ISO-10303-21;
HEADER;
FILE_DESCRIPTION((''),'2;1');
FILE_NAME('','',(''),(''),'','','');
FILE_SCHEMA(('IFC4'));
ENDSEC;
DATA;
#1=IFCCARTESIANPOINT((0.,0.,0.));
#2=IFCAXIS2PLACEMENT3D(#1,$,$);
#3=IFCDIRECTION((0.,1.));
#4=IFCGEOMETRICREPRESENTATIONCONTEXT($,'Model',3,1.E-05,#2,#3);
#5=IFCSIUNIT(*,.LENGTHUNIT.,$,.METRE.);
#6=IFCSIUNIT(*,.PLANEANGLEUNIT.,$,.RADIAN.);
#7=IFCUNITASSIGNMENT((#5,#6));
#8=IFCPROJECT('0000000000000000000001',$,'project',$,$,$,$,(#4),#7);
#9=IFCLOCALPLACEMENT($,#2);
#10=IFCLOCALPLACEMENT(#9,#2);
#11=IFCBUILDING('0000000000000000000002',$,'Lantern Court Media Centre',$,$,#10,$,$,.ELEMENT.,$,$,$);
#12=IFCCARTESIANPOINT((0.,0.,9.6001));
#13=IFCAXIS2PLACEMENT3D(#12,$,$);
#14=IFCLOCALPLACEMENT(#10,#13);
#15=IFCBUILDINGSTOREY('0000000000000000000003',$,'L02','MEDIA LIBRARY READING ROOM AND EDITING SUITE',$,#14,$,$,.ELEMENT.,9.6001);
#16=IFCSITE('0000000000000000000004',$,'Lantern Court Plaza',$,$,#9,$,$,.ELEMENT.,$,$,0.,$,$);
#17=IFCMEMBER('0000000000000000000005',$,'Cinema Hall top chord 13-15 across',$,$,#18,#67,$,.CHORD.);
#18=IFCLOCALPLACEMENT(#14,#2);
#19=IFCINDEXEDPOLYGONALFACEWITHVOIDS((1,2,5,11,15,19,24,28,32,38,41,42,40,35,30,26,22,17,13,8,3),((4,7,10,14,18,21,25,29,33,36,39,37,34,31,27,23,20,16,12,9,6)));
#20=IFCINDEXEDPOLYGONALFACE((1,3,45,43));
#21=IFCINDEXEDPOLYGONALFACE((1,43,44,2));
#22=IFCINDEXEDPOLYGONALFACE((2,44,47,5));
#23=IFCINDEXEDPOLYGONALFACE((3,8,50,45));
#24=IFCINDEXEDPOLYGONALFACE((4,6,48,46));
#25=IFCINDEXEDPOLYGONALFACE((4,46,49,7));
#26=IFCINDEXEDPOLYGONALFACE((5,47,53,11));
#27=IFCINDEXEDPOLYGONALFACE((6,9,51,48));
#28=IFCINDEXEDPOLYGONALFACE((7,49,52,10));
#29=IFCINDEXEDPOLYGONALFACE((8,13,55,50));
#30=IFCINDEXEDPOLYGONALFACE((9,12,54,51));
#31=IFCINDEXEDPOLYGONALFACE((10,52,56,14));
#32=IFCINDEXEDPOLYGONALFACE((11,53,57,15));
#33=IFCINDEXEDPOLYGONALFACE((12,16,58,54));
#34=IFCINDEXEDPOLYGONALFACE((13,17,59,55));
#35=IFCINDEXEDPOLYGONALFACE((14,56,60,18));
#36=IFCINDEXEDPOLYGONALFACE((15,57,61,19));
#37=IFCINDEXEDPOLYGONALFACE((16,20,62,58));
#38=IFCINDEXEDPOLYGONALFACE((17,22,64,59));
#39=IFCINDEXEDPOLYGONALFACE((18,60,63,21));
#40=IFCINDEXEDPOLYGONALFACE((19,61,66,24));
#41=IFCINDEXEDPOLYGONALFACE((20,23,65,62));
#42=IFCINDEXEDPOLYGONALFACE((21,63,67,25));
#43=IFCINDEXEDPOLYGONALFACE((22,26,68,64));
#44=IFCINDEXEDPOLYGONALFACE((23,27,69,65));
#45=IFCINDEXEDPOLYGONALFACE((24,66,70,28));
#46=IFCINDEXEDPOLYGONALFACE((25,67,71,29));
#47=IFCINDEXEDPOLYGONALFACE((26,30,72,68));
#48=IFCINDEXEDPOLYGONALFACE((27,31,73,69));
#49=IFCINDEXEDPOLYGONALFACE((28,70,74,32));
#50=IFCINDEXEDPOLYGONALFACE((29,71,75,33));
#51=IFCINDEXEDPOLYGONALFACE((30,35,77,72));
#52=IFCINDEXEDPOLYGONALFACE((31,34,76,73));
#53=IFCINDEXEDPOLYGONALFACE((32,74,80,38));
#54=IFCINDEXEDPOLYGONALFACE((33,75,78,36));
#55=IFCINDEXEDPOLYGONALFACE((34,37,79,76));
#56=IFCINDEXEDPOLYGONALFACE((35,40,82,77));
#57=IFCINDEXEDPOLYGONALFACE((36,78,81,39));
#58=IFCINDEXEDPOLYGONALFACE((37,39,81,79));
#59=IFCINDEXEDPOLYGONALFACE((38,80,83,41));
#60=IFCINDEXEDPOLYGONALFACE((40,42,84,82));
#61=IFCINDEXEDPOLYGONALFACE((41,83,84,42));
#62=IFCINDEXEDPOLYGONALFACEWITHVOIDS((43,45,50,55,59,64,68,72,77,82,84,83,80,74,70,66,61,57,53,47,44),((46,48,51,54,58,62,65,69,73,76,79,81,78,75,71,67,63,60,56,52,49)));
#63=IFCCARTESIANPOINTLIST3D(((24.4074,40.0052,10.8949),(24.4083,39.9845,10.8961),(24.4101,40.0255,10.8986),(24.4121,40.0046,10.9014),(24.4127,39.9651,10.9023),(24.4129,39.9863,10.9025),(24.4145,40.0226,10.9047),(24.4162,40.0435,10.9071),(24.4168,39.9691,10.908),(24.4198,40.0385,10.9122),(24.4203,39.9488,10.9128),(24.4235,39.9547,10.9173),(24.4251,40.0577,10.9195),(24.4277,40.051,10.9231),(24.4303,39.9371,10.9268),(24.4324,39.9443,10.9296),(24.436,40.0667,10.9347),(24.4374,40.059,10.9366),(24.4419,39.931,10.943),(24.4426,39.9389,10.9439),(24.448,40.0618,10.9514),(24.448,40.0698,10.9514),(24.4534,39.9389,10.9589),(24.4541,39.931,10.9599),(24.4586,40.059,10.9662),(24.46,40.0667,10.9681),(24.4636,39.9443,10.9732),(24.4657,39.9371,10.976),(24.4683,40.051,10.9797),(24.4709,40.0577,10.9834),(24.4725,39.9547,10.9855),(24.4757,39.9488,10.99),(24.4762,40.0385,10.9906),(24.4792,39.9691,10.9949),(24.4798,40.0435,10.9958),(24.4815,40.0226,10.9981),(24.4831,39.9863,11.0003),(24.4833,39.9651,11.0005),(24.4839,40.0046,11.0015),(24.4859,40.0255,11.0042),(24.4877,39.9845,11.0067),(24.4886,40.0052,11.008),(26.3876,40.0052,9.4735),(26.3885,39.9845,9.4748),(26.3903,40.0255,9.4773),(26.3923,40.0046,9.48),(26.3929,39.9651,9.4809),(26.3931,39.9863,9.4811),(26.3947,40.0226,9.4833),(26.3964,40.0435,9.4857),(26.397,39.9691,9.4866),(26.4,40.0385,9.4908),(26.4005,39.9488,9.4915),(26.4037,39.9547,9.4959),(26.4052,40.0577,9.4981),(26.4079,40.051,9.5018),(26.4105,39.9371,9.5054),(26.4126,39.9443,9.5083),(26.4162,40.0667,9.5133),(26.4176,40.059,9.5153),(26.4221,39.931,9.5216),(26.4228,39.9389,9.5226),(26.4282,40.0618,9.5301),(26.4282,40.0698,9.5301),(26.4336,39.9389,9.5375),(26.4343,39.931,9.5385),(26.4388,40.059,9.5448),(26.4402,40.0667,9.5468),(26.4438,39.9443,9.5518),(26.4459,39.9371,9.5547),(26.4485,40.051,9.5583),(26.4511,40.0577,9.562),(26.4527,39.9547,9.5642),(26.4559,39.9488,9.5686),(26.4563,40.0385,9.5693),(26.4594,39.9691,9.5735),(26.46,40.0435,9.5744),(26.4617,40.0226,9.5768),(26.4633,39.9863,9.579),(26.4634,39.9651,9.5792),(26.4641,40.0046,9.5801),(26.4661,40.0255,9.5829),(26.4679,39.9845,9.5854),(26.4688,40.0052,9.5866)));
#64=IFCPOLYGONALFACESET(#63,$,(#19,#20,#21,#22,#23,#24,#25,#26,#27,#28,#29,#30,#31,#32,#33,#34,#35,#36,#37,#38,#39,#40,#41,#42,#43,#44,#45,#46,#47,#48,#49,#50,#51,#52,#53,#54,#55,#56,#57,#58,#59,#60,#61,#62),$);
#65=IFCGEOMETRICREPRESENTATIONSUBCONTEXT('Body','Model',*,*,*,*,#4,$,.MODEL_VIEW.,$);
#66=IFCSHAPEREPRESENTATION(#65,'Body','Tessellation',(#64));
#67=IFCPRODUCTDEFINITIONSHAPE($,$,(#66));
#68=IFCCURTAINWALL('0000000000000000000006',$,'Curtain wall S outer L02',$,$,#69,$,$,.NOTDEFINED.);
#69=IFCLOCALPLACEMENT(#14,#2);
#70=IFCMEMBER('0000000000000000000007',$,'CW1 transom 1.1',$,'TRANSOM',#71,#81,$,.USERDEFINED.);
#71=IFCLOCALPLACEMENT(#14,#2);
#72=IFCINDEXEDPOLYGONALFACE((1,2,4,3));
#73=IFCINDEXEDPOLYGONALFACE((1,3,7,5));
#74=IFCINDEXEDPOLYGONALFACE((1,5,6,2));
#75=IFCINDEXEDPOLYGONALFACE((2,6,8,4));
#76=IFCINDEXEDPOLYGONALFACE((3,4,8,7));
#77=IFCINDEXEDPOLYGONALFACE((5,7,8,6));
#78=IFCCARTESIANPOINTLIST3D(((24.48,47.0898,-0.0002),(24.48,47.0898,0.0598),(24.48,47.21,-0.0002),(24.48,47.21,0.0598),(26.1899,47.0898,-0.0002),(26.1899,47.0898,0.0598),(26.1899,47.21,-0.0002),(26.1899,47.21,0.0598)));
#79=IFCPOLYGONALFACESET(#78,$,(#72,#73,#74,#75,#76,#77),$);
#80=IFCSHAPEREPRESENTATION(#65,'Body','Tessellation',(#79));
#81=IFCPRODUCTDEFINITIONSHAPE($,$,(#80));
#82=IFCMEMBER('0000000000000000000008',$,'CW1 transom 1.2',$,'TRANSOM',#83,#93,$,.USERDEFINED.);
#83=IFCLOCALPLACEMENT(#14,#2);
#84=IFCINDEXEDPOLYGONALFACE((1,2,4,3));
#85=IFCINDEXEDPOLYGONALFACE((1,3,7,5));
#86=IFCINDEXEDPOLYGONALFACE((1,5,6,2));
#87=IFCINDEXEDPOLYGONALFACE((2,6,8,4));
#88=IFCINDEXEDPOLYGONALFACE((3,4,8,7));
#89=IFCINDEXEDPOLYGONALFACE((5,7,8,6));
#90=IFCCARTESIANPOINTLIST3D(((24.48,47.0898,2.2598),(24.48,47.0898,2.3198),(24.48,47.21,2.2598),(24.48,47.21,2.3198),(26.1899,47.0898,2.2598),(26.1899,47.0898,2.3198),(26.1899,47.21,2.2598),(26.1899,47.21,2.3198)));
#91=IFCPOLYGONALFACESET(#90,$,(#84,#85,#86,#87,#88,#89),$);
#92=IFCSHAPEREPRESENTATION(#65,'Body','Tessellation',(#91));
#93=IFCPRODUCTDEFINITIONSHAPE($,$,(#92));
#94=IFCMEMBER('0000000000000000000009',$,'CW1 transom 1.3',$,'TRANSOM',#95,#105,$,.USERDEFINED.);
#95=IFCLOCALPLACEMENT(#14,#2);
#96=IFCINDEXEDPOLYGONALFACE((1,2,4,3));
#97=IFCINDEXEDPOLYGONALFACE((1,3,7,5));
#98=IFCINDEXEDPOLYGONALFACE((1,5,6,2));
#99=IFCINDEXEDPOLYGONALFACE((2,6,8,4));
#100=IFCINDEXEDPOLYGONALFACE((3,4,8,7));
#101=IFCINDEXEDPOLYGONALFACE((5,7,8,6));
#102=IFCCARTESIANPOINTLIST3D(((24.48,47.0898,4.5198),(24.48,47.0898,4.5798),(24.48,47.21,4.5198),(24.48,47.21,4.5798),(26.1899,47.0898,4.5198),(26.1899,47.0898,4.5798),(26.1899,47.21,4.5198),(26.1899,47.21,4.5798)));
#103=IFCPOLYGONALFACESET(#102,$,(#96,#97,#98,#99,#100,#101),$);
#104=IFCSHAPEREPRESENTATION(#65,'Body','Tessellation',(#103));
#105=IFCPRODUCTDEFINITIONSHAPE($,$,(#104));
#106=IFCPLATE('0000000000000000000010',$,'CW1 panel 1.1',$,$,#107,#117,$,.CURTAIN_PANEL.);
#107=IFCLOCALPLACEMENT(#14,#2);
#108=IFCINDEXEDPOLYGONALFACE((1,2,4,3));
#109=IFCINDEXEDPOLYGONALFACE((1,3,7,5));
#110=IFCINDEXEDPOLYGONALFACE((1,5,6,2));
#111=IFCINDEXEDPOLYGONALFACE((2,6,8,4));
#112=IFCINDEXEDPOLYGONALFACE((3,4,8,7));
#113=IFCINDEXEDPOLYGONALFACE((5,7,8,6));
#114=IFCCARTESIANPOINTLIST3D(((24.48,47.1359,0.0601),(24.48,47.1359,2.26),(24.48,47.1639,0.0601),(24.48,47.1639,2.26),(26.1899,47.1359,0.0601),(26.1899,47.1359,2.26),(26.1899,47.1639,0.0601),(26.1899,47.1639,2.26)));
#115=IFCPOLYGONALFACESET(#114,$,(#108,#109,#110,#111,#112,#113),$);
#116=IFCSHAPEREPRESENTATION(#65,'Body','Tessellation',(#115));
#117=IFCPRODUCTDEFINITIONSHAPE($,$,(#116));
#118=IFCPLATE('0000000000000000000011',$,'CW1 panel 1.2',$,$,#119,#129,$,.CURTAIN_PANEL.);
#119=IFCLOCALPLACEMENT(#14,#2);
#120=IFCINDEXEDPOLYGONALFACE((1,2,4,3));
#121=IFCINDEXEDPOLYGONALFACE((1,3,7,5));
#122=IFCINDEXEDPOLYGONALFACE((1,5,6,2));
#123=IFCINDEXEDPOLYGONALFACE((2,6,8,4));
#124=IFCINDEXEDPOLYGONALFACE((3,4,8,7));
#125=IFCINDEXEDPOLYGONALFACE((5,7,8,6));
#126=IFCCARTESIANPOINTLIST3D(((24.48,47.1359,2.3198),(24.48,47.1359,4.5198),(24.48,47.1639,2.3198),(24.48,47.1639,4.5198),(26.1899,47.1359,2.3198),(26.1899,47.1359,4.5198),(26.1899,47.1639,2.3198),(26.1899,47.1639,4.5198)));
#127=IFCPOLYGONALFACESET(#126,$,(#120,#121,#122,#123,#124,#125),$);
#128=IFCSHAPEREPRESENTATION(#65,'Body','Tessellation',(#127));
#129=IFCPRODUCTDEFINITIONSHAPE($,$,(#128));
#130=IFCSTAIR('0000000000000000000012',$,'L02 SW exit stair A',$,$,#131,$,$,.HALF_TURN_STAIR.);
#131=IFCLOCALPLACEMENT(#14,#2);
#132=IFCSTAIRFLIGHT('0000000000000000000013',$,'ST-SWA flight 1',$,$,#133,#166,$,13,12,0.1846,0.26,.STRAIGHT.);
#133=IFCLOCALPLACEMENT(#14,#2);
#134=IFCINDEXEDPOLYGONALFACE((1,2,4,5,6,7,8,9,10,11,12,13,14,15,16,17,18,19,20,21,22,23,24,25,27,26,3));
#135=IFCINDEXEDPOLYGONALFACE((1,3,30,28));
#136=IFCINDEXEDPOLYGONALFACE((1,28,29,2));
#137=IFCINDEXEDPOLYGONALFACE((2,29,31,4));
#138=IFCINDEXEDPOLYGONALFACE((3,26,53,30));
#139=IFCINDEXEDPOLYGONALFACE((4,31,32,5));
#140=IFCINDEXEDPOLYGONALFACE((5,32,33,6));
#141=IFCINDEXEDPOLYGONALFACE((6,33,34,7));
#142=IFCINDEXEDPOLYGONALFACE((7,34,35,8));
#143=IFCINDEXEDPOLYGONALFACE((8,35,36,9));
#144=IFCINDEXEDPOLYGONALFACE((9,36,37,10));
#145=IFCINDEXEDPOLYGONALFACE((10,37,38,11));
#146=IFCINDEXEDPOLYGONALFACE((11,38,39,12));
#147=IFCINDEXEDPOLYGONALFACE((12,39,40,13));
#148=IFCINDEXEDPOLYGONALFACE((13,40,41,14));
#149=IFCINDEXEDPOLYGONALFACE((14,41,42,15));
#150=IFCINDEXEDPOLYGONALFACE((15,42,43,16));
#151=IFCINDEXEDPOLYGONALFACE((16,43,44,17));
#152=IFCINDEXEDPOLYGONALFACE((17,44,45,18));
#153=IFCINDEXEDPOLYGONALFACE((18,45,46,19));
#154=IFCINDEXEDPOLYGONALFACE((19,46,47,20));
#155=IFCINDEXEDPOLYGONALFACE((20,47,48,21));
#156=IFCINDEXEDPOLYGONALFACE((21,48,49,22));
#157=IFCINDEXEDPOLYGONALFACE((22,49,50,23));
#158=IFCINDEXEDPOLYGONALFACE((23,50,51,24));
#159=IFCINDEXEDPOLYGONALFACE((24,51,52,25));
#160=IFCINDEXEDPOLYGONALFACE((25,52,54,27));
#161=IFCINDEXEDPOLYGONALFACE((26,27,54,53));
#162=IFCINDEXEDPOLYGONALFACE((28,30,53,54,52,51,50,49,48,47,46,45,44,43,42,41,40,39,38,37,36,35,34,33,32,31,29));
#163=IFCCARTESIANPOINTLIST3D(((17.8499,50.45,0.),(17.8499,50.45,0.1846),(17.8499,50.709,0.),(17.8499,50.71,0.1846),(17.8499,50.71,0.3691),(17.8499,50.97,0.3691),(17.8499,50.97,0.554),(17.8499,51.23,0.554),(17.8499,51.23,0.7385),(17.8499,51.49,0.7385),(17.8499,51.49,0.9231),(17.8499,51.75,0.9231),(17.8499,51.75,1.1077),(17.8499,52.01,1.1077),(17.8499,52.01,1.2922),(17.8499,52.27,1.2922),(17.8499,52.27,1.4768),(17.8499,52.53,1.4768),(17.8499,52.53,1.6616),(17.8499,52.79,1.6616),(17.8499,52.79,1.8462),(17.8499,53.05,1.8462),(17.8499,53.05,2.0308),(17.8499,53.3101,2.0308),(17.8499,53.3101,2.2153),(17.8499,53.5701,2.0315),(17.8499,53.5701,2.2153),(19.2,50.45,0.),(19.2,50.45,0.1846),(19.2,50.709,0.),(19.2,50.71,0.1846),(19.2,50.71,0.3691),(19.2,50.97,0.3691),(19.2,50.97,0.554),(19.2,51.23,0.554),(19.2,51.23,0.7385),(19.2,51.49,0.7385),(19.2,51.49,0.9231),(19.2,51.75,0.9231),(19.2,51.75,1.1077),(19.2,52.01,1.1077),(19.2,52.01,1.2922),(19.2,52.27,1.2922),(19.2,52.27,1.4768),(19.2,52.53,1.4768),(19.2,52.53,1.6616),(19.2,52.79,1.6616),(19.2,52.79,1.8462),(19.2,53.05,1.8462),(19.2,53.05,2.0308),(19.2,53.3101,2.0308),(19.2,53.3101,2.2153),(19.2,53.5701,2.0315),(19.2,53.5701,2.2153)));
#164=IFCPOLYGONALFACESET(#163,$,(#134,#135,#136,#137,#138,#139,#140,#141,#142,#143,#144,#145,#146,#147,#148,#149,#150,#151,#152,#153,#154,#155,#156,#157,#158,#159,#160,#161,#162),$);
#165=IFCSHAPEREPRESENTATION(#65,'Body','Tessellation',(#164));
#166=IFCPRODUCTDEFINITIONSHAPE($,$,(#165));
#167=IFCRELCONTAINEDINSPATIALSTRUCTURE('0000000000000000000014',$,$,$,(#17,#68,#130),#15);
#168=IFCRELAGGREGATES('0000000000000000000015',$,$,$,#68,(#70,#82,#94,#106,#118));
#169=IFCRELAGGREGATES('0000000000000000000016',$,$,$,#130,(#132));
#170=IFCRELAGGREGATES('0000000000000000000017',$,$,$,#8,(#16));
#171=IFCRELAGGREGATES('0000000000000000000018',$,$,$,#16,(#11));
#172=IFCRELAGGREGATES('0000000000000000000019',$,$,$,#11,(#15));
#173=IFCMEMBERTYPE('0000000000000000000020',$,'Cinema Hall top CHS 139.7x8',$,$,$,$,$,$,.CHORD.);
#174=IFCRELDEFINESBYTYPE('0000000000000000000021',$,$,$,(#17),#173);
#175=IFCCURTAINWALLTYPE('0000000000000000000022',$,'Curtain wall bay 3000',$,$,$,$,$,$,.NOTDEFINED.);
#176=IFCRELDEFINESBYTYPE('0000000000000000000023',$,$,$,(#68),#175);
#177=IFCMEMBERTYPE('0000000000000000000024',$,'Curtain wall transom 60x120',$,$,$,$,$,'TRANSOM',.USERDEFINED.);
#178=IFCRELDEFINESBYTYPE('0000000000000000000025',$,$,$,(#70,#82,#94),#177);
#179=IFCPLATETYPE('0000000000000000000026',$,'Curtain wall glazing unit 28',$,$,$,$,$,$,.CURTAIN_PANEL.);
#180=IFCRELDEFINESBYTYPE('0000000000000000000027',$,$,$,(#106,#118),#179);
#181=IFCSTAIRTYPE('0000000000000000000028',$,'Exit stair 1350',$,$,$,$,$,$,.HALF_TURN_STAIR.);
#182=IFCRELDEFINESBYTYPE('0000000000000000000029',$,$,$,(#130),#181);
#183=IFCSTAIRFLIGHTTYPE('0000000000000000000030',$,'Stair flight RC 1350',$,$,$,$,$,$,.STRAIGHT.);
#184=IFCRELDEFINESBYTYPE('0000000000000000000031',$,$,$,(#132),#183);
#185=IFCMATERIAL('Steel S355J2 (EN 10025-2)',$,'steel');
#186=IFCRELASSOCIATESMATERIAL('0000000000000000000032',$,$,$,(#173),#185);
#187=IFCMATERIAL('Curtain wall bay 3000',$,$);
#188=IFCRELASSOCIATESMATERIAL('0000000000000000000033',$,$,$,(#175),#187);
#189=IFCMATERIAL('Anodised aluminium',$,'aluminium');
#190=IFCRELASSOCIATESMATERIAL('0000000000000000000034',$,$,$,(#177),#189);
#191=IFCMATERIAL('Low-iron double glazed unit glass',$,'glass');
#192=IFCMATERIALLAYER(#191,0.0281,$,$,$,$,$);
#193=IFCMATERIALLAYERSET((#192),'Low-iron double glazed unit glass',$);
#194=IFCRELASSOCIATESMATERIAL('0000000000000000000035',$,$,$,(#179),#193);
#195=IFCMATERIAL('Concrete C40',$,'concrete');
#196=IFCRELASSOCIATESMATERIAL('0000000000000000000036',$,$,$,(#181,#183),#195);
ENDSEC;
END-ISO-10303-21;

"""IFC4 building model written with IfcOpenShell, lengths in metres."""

from ifc_helpers import new_model, si_unit, direction, frame, origin, origin_2d, place, context, subcontext, project, spatial, polyline, rectangle, hollow_circle, outline, extrude, material, layer, layer_set, material_profile, profile_set, type_object, element, aggregate, save


model = new_model("IFC4")

# Units and contexts
model_context = context("Model", 3, precision=1e-05, world=origin(), true_north=direction((0.0, 1.0)))
body_context = subcontext(model_context, "Body", "Model", "MODEL_VIEW")
ifc_project = project(units=[si_unit("LENGTHUNIT", "METRE"), si_unit("PLANEANGLEUNIT", "RADIAN")], contexts=[model_context])

# Site, building, storey
site_placement = place(None, origin())
site = spatial("IfcSite", under=ifc_project, at=site_placement, Name="Lantern Court Plaza", CompositionType="ELEMENT", RefElevation=0.0)
building_placement = place(site_placement, origin())
building = spatial("IfcBuilding", under=site, at=building_placement, Name="Lantern Court Media Centre", CompositionType="ELEMENT")
storey_placement = place(building_placement, frame((0.0, 0.0, 9.6001)))
storey = spatial("IfcBuildingStorey", under=building, at=storey_placement, Name="L02", Description="MEDIA LIBRARY READING ROOM AND EDITING SUITE", CompositionType="ELEMENT", Elevation=9.6001)

# Member
ifc_material_1 = material(Name="Steel S355J2 (EN 10025-2)", Category="steel")
ifc_material_profile_1 = material_profile(ifc_material_1, hollow_circle(Radius=0.0698, WallThickness=0.0081, at=origin_2d()), Name="Cinema Hall top CHS 139.7x8")
ifc_profile_set_1 = profile_set([ifc_material_profile_1], Name="Steel S355J2 (EN 10025-2)")
member_type_1 = type_object("IfcMemberType", Name="Cinema Hall top CHS 139.7x8", PredefinedType="CHORD", material=ifc_profile_set_1)
member_1_placement = place(storey_placement, frame((24.448, 40.0, 10.9514), z_axis=(0.812385, 0.0, -0.583122), x_axis=(0.0, 1.0, 0.0)))
element("IfcMember", 1, at=member_1_placement, inside=storey, type_object=member_type_1, Name="Cinema Hall top chord 13-15 across", PredefinedType="CHORD", context=body_context, shape_type="SweptSolid", body=[
    extrude(hollow_circle(Radius=0.0698, WallThickness=0.0081, at=origin_2d()), origin(), (0.0, 0.0, 1.0), 2.4375),
])

# Curtain wall, members, plates
ifc_material_2 = material(Name="Curtain wall bay 3000")
curtain_wall_type = type_object("IfcCurtainWallType", Name="Curtain wall bay 3000", PredefinedType="NOTDEFINED", material=ifc_material_2)
curtain_wall_placement = place(storey_placement, origin())
curtain_wall = element("IfcCurtainWall", 2, at=curtain_wall_placement, inside=storey, type_object=curtain_wall_type, Name="Curtain wall S outer L02", PredefinedType="NOTDEFINED")
ifc_material_3 = material(Name="Anodised aluminium", Category="aluminium")
ifc_material_profile_2 = material_profile(ifc_material_3, rectangle(XDim=0.1201, YDim=0.0601, at=origin_2d()), Name="AL 60x120")
ifc_profile_set_2 = profile_set([ifc_material_profile_2], Name="Anodised aluminium")
member_type_2 = type_object("IfcMemberType", Name="Curtain wall transom 60x120", ElementType="TRANSOM", PredefinedType="USERDEFINED", material=ifc_profile_set_2)
member_2_placement = place(storey_placement, frame((24.48, 47.1499, 0.0298), z_axis=(1.0, 0.0, 0.0), x_axis=(0.0, 1.0, 0.0)))
member_2 = element("IfcMember", 3, at=member_2_placement, type_object=member_type_2, Name="CW1 transom 1.1", ObjectType="TRANSOM", PredefinedType="USERDEFINED", context=body_context, shape_type="SweptSolid", body=[
    extrude(rectangle(XDim=0.1201, YDim=0.0601, at=origin_2d()), origin(), (0.0, 0.0, 1.0), 1.71),
])
member_3_placement = place(storey_placement, frame((24.48, 47.1499, 2.2898), z_axis=(1.0, 0.0, 0.0), x_axis=(0.0, 1.0, 0.0)))
member_3 = element("IfcMember", 4, at=member_3_placement, type_object=member_type_2, Name="CW1 transom 1.2", ObjectType="TRANSOM", PredefinedType="USERDEFINED", context=body_context, shape_type="SweptSolid", body=[
    extrude(rectangle(XDim=0.1201, YDim=0.0601, at=origin_2d()), origin(), (0.0, 0.0, 1.0), 1.71),
])
member_4_placement = place(storey_placement, frame((24.48, 47.1499, 4.5498), z_axis=(1.0, 0.0, 0.0), x_axis=(0.0, 1.0, 0.0)))
member_4 = element("IfcMember", 5, at=member_4_placement, type_object=member_type_2, Name="CW1 transom 1.3", ObjectType="TRANSOM", PredefinedType="USERDEFINED", context=body_context, shape_type="SweptSolid", body=[
    extrude(rectangle(XDim=0.1201, YDim=0.0601, at=origin_2d()), origin(), (0.0, 0.0, 1.0), 1.71),
])
ifc_material_4 = material(Name="Low-iron double glazed unit glass", Category="glass")
ifc_layer_1 = layer(ifc_material_4, 0.0281)
ifc_layer_set_1 = layer_set([ifc_layer_1], Name="Low-iron double glazed unit glass")
plate_type = type_object("IfcPlateType", Name="Curtain wall glazing unit 28", PredefinedType="CURTAIN_PANEL", material=ifc_layer_set_1)
plate_1_placement = place(storey_placement, frame((25.335, 47.1499, 0.0601), z_axis=(0.0, 0.0, 1.0), x_axis=(1.0, 0.0, 0.0)))
plate_1 = element("IfcPlate", 6, at=plate_1_placement, type_object=plate_type, Name="CW1 panel 1.1", PredefinedType="CURTAIN_PANEL", context=body_context, shape_type="SweptSolid", body=[
    extrude(rectangle(XDim=1.71, YDim=0.0281, at=origin_2d()), origin(), (0.0, 0.0, 1.0), 2.2),
])
plate_2_placement = place(storey_placement, frame((25.335, 47.1499, 2.3198), z_axis=(0.0, 0.0, 1.0), x_axis=(1.0, 0.0, 0.0)))
plate_2 = element("IfcPlate", 7, at=plate_2_placement, type_object=plate_type, Name="CW1 panel 1.2", PredefinedType="CURTAIN_PANEL", context=body_context, shape_type="SweptSolid", body=[
    extrude(rectangle(XDim=1.71, YDim=0.0281, at=origin_2d()), origin(), (0.0, 0.0, 1.0), 2.2),
])
aggregate(curtain_wall, [member_2, member_3, member_4, plate_1, plate_2])

# Stair, stair flight
ifc_material_5 = material(Name="Concrete C40", Category="concrete")
stair_type = type_object("IfcStairType", Name="Exit stair 1350", PredefinedType="HALF_TURN_STAIR", material=ifc_material_5)
stair_1_placement = place(storey_placement, origin())
stair_1 = element("IfcStair", 8, at=stair_1_placement, inside=storey, type_object=stair_type, Name="L02 SW exit stair A", PredefinedType="HALF_TURN_STAIR")
stair_flight_type = type_object("IfcStairFlightType", Name="Stair flight RC 1350", PredefinedType="STRAIGHT", material=ifc_material_5)
stair_flight_1_placement = place(storey_placement, frame((18.5249, 50.45, 0.0), z_axis=(0.0, 0.0, 1.0), x_axis=(0.0, 1.0, 0.0)))
stair_flight_1 = element("IfcStairFlight", 9, at=stair_flight_1_placement, type_object=stair_flight_type, Name="ST-SWA flight 1", NumberOfRisers=13, NumberOfTreads=12, PredefinedType="STRAIGHT", RiserHeight=0.1846, TreadLength=0.26, context=body_context, shape_type="SweptSolid", body=[
    extrude(outline(polyline([(0.0, 0.0), (0.0, 0.1846), (0.26, 0.1846), (0.26, 0.3691), (0.52, 0.3691), (0.52, 0.554), (0.78, 0.554), (0.78, 0.7385), (1.04, 0.7385), (1.04, 0.9231), (1.3, 0.9231), (1.3, 1.1077), (1.5601, 1.1077), (1.5601, 1.2922), (1.8201, 1.2922), (1.8201, 1.4768), (2.0801, 1.4768), (2.0801, 1.6616), (2.3401, 1.6616), (2.3401, 1.8462), (2.6001, 1.8462), (2.6001, 2.0308), (2.8601, 2.0308), (2.8601, 2.2153), (3.1201, 2.2153), (3.1201, 2.3999), (3.1201, 2.0315), (0.259, 0.0), (0.0, 0.0)])), frame((0.0, 0.675, 0.0), z_axis=(0.0, -1.0, 0.0), x_axis=(1.0, 0.0, 0.0)), (0.0, 0.0, 1.0), 1.3501),
])
aggregate(stair_1, [stair_flight_1])

save(model, "model.ifc")
